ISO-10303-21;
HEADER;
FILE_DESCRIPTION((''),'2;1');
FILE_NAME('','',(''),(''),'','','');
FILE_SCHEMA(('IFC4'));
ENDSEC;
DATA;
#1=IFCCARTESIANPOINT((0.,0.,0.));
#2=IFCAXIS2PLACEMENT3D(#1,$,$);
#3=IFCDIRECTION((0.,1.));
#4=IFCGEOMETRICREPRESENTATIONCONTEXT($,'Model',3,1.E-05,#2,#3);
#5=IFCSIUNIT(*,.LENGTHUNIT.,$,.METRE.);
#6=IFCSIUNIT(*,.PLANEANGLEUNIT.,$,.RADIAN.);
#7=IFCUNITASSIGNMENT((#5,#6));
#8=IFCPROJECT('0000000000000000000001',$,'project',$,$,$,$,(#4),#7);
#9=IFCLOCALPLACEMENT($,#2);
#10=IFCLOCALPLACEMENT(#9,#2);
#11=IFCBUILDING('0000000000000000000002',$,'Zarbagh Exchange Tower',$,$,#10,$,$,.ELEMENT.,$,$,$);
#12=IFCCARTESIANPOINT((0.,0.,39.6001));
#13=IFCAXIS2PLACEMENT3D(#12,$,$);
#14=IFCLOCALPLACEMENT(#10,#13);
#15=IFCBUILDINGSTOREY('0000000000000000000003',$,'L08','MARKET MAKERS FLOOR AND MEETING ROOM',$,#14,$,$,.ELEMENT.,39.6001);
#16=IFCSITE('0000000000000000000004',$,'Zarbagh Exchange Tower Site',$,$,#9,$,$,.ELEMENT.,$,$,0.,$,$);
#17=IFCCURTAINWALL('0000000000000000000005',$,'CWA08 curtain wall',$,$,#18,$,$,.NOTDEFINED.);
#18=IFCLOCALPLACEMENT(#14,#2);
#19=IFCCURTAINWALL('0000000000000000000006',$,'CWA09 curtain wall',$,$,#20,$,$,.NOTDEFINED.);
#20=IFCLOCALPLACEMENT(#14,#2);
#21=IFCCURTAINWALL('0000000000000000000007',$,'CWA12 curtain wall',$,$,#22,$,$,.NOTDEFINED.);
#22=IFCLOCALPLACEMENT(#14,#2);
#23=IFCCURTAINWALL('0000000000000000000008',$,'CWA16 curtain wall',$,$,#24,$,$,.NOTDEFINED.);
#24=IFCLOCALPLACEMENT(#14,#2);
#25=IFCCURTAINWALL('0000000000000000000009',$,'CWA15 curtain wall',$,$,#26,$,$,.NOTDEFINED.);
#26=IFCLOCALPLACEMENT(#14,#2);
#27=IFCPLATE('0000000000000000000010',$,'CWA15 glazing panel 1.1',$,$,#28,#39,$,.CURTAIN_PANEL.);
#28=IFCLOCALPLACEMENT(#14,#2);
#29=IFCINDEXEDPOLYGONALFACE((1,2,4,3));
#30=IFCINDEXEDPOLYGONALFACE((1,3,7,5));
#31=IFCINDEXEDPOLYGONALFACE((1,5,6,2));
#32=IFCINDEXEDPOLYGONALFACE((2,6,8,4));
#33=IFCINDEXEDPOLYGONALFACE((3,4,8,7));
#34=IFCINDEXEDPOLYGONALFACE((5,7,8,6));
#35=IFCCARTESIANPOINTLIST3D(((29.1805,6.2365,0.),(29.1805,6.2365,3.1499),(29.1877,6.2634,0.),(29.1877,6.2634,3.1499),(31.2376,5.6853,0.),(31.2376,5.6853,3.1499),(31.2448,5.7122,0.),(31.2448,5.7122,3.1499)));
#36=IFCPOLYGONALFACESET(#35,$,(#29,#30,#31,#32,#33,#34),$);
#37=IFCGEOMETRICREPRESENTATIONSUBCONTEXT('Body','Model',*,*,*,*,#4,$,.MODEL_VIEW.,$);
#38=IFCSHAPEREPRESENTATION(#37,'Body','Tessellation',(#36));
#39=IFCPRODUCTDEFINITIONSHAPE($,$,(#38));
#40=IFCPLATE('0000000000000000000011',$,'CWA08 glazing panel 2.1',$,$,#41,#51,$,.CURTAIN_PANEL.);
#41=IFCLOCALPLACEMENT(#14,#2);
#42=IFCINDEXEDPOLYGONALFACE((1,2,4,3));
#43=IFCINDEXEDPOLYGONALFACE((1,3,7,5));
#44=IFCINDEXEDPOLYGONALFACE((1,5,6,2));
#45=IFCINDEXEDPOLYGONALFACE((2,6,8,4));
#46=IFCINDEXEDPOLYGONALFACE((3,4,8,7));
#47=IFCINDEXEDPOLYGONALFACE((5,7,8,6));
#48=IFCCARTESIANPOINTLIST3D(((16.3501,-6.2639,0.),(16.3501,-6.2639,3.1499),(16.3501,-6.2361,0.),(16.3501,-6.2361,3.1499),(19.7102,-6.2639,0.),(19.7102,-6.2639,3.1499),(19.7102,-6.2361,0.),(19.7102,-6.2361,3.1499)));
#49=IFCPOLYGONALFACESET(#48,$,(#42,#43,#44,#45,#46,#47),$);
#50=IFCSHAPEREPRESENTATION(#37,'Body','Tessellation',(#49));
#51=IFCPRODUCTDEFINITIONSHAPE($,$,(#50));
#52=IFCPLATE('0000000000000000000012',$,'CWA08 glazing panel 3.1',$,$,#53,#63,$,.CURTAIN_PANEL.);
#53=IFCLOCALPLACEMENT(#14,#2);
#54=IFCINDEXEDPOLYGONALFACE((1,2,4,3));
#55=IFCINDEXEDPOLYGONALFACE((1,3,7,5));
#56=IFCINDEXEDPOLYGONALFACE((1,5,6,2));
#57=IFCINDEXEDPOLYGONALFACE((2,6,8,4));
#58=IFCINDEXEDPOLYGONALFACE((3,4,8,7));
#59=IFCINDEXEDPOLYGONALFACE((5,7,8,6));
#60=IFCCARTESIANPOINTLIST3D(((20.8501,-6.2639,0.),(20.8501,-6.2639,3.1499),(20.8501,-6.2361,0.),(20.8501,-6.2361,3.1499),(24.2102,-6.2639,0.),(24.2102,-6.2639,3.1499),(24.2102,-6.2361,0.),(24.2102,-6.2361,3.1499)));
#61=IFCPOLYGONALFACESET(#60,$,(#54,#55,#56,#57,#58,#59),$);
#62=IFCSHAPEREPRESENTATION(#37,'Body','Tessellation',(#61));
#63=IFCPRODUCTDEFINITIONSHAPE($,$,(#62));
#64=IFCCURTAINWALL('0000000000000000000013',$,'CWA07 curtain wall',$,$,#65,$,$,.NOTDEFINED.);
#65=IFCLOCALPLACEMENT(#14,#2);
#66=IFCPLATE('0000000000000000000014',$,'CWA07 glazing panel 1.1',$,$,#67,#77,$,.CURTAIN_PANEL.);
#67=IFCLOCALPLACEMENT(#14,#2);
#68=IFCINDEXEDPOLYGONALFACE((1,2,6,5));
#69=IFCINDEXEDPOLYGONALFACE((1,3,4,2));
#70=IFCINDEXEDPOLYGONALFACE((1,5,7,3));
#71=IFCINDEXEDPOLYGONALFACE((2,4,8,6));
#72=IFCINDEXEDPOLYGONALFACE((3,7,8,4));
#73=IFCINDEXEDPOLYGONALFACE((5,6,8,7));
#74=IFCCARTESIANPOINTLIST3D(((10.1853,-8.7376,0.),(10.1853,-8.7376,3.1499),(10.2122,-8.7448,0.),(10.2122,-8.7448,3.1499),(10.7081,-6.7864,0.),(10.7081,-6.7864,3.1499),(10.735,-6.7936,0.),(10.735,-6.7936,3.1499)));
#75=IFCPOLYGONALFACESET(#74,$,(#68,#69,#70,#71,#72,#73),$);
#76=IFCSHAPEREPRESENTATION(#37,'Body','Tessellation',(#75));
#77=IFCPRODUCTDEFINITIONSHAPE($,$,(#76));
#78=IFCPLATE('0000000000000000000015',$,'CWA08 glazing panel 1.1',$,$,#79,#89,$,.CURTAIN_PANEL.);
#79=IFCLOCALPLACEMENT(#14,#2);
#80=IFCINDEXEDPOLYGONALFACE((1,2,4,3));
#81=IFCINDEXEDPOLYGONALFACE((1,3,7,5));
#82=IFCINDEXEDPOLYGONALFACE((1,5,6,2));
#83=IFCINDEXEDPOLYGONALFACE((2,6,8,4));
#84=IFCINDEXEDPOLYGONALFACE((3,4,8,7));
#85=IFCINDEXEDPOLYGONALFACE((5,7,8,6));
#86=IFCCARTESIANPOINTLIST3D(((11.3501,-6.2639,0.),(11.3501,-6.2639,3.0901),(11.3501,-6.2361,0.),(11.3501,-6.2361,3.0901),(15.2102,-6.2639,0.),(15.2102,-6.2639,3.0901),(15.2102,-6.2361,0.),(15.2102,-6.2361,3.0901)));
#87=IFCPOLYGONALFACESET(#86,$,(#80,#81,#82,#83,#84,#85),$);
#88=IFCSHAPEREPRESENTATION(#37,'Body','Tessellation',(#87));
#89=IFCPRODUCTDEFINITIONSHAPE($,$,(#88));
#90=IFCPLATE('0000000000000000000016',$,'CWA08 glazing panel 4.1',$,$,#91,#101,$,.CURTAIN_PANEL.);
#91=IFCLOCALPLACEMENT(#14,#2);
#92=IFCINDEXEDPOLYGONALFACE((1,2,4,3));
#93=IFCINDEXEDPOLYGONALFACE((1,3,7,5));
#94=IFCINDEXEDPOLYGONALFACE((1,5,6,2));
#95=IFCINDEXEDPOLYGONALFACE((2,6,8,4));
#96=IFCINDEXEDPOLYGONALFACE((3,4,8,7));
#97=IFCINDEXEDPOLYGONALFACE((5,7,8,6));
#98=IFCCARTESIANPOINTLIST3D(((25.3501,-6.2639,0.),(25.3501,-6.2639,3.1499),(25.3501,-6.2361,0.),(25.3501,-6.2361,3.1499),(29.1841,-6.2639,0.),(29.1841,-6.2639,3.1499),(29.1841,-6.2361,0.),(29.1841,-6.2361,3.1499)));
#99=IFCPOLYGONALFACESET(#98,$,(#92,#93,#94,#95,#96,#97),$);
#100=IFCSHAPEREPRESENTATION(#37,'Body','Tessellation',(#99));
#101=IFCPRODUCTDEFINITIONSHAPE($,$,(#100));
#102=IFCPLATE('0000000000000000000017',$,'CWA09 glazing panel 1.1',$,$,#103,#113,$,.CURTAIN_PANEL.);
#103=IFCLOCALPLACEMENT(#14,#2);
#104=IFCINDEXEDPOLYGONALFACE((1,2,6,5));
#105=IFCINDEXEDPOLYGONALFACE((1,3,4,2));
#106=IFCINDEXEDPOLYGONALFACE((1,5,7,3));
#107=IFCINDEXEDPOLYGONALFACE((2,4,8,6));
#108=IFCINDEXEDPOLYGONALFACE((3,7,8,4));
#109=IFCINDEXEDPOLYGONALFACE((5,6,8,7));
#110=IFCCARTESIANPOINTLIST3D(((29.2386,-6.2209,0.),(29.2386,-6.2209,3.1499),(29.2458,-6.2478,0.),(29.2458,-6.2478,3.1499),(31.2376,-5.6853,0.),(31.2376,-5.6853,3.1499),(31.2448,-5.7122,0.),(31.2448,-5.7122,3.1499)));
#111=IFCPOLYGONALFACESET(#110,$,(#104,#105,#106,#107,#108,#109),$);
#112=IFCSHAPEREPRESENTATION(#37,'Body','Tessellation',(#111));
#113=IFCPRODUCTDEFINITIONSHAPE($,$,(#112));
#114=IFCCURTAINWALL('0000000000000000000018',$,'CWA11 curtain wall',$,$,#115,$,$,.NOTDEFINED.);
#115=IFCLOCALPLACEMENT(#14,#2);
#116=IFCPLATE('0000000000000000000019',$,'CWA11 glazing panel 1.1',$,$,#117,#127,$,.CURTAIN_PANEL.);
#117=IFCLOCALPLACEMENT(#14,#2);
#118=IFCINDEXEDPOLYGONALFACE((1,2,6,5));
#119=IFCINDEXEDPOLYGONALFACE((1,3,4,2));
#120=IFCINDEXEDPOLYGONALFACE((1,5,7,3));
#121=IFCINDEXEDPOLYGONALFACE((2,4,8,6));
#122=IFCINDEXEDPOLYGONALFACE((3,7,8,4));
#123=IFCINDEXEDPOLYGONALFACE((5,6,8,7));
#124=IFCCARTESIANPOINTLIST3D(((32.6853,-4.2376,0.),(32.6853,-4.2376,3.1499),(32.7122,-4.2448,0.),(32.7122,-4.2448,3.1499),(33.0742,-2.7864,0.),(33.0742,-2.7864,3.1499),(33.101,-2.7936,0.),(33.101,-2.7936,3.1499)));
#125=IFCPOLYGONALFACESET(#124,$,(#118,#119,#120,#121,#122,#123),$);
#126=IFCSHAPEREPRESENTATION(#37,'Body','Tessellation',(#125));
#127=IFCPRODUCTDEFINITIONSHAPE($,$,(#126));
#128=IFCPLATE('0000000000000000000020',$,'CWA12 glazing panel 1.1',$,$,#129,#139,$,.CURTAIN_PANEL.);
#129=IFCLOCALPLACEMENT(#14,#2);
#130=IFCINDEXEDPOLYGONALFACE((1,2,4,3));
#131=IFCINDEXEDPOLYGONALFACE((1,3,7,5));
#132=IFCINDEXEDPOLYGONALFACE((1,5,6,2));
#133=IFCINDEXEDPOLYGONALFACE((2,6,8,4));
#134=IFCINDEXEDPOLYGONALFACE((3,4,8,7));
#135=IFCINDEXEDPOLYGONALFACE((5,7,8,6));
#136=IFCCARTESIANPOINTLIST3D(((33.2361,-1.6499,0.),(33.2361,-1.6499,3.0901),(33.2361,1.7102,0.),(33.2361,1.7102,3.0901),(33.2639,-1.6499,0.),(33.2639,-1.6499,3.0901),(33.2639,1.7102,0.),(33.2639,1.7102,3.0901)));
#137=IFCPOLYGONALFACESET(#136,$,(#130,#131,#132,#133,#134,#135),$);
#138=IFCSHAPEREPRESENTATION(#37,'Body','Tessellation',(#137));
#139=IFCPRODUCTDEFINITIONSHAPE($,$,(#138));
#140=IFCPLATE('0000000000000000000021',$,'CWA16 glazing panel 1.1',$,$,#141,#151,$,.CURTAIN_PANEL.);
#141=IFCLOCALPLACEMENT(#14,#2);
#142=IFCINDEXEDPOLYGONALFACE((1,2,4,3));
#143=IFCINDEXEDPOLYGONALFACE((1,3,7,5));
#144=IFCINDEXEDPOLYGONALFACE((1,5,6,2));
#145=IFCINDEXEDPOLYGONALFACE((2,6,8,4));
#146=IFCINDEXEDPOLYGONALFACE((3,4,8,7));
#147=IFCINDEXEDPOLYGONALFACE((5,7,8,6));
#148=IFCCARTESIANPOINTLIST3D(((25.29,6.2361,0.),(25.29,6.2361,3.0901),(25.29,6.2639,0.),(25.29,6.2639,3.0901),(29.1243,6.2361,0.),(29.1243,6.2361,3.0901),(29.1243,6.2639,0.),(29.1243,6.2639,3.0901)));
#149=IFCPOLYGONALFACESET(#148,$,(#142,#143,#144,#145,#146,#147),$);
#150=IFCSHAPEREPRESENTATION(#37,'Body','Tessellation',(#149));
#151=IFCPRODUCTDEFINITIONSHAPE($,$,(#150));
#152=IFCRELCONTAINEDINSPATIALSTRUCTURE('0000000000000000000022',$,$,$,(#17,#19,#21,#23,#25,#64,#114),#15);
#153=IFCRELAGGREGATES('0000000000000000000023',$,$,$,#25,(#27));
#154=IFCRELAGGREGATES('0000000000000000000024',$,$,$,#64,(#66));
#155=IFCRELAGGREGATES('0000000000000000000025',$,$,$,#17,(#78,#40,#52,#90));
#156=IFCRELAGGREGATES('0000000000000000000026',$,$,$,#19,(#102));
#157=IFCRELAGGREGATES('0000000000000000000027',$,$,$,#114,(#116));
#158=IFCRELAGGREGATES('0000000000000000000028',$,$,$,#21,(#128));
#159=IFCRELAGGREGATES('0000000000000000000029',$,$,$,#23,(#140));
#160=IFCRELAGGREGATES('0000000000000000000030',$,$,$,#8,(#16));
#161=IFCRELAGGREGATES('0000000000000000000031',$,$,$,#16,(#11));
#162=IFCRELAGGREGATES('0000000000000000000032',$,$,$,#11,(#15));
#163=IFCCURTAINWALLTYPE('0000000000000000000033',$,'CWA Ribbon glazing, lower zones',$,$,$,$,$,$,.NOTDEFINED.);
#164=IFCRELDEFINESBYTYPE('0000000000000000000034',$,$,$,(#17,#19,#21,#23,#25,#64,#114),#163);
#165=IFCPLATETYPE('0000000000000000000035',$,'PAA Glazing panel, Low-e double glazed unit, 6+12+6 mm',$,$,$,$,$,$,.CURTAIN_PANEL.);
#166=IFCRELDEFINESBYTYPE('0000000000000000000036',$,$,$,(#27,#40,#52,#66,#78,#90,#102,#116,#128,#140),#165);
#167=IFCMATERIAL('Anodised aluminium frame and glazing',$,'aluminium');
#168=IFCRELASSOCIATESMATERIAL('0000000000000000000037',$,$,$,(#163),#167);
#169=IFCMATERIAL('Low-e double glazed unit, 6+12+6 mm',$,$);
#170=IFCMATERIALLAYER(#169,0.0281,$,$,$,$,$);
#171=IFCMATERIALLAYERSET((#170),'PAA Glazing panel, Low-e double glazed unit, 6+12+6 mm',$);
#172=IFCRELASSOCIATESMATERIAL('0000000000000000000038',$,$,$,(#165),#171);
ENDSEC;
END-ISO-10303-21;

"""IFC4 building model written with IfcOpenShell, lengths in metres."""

from ifc_helpers import new_model, si_unit, direction, frame, origin, place, context, subcontext, project, spatial, polyline, outline, extrude, source, transform, mapped, material, layer, layer_set, type_object, element, aggregate, save


model = new_model("IFC4")

# Units and contexts
model_context = context("Model", 3, precision=1e-05, world=origin(), true_north=direction((0.0, 1.0)))
body_context = subcontext(model_context, "Body", "Model", "MODEL_VIEW")
ifc_project = project(units=[si_unit("LENGTHUNIT", "METRE"), si_unit("PLANEANGLEUNIT", "RADIAN")], contexts=[model_context])

# Site, building, storey
site_placement = place(None, origin())
site = spatial("IfcSite", under=ifc_project, at=site_placement, Name="Zarbagh Exchange Tower Site", CompositionType="ELEMENT", RefElevation=0.0)
building_placement = place(site_placement, origin())
building = spatial("IfcBuilding", under=site, at=building_placement, Name="Zarbagh Exchange Tower", CompositionType="ELEMENT")
storey_placement = place(building_placement, frame((0.0, 0.0, 39.6001)))
storey = spatial("IfcBuildingStorey", under=building, at=storey_placement, Name="L08", Description="MARKET MAKERS FLOOR AND MEETING ROOM", CompositionType="ELEMENT", Elevation=39.6001)

# Curtain wall
ifc_material_1 = material(Name="Anodised aluminium frame and glazing", Category="aluminium")
curtain_wall_type = type_object("IfcCurtainWallType", Name="CWA Ribbon glazing, lower zones", PredefinedType="NOTDEFINED", material=ifc_material_1)
curtain_wall_1_placement = place(storey_placement, origin())
curtain_wall_1 = element("IfcCurtainWall", 1, at=curtain_wall_1_placement, inside=storey, type_object=curtain_wall_type, Name="CWA08 curtain wall", PredefinedType="NOTDEFINED")
placement = place(storey_placement, origin())

# Curtain walls
curtain_wall_2_placement = place(storey_placement, origin())
curtain_wall_2 = element("IfcCurtainWall", 2, at=curtain_wall_2_placement, inside=storey, type_object=curtain_wall_type, Name="CWA09 curtain wall", PredefinedType="NOTDEFINED")
curtain_wall_3_placement = place(storey_placement, origin())
curtain_wall_3 = element("IfcCurtainWall", 3, at=curtain_wall_3_placement, inside=storey, type_object=curtain_wall_type, Name="CWA12 curtain wall", PredefinedType="NOTDEFINED")
curtain_wall_4_placement = place(storey_placement, origin())
curtain_wall_4 = element("IfcCurtainWall", 4, at=curtain_wall_4_placement, inside=storey, type_object=curtain_wall_type, Name="CWA16 curtain wall", PredefinedType="NOTDEFINED")

# Shared definitions
ifc_material_2 = material(Name="Low-e double glazed unit, 6+12+6 mm")
ifc_layer = layer(ifc_material_2, 0.0281)
ifc_layer_set = layer_set([ifc_layer], Name="PAA Glazing panel, Low-e double glazed unit, 6+12+6 mm")
plate_type = type_object("IfcPlateType", Name="PAA Glazing panel, Low-e double glazed unit, 6+12+6 mm", PredefinedType="CURTAIN_PANEL", material=ifc_layer_set)

# Curtain wall, plate
curtain_wall_5_placement = place(storey_placement, origin())
curtain_wall_5 = element("IfcCurtainWall", 5, at=curtain_wall_5_placement, inside=storey, type_object=curtain_wall_type, Name="CWA15 curtain wall", PredefinedType="NOTDEFINED")
shared_shape_1 = source(origin(), body_context, "Body", "SweptSolid", [
    extrude(outline(polyline([(0.0, -0.0139), (2.1296, -0.0139), (2.1296, 0.0139), (0.0, 0.0139), (0.0, -0.0139)])), origin(), (0.0, 0.0, 1.0), 3.1499),
])
plate_1 = element("IfcPlate", 6, at=placement, type_object=plate_type, Name="CWA15 glazing panel 1.1", PredefinedType="CURTAIN_PANEL", context=body_context, shape_type="MappedRepresentation", body=[
    mapped(shared_shape_1, transform((31.2412, 5.6987, 0.0), x_axis=(-0.965924, 0.258825, 0.0), y_axis=(-0.258825, -0.965924, 0.0), z_axis=(0.0, 0.0, 1.0))),
])
aggregate(curtain_wall_5, [plate_1])

# Plates
shared_shape_2 = source(origin(), body_context, "Body", "SweptSolid", [
    extrude(outline(polyline([(0.0, -0.0139), (3.3601, -0.0139), (3.3601, 0.0139), (0.0, 0.0139), (0.0, -0.0139)])), origin(), (0.0, 0.0, 1.0), 3.1499),
])
plate_2 = element("IfcPlate", 7, at=placement, type_object=plate_type, Name="CWA08 glazing panel 2.1", PredefinedType="CURTAIN_PANEL", context=body_context, shape_type="MappedRepresentation", body=[
    mapped(shared_shape_2, transform((16.3501, -6.25, 0.0), x_axis=(1.0, 0.0, 0.0), y_axis=(0.0, 1.0, 0.0), z_axis=(0.0, 0.0, 1.0))),
])
plate_3 = element("IfcPlate", 8, at=placement, type_object=plate_type, Name="CWA08 glazing panel 3.1", PredefinedType="CURTAIN_PANEL", context=body_context, shape_type="MappedRepresentation", body=[
    mapped(shared_shape_2, transform((20.8501, -6.25, 0.0), x_axis=(1.0, 0.0, 0.0), y_axis=(0.0, 1.0, 0.0), z_axis=(0.0, 0.0, 1.0))),
])

# Curtain wall, plate
curtain_wall_6_placement = place(storey_placement, origin())
curtain_wall_6 = element("IfcCurtainWall", 9, at=curtain_wall_6_placement, inside=storey, type_object=curtain_wall_type, Name="CWA07 curtain wall", PredefinedType="NOTDEFINED")
shared_shape_3 = source(origin(), body_context, "Body", "SweptSolid", [
    extrude(outline(polyline([(0.0, -0.0139), (2.02, -0.0139), (2.02, 0.0139), (0.0, 0.0139), (0.0, -0.0139)])), origin(), (0.0, 0.0, 1.0), 3.1499),
])
plate_4 = element("IfcPlate", 10, at=placement, type_object=plate_type, Name="CWA07 glazing panel 1.1", PredefinedType="CURTAIN_PANEL", context=body_context, shape_type="MappedRepresentation", body=[
    mapped(shared_shape_3, transform((10.1987, -8.7412, 0.0), x_axis=(0.258825, 0.965924, 0.0), y_axis=(-0.965924, 0.258825, 0.0), z_axis=(0.0, 0.0, 1.0))),
])
aggregate(curtain_wall_6, [plate_4])

# Plates
shared_shape_4 = source(origin(), body_context, "Body", "SweptSolid", [
    extrude(outline(polyline([(0.0, -0.0139), (3.8601, -0.0139), (3.8601, 0.0139), (0.0, 0.0139), (0.0, -0.0139)])), origin(), (0.0, 0.0, 1.0), 3.0901),
])
plate_5 = element("IfcPlate", 11, at=placement, type_object=plate_type, Name="CWA08 glazing panel 1.1", PredefinedType="CURTAIN_PANEL", context=body_context, shape_type="MappedRepresentation", body=[
    mapped(shared_shape_4, transform((11.3501, -6.25, 0.0), x_axis=(1.0, 0.0, 0.0), y_axis=(0.0, 1.0, 0.0), z_axis=(0.0, 0.0, 1.0))),
])
shared_shape_5 = source(origin(), body_context, "Body", "SweptSolid", [
    extrude(outline(polyline([(0.0, -0.0139), (3.834, -0.0139), (3.834, 0.0139), (0.0, 0.0139), (0.0, -0.0139)])), origin(), (0.0, 0.0, 1.0), 3.1499),
])
plate_6 = element("IfcPlate", 12, at=placement, type_object=plate_type, Name="CWA08 glazing panel 4.1", PredefinedType="CURTAIN_PANEL", context=body_context, shape_type="MappedRepresentation", body=[
    mapped(shared_shape_5, transform((25.3501, -6.25, 0.0), x_axis=(1.0, 0.0, 0.0), y_axis=(0.0, 1.0, 0.0), z_axis=(0.0, 0.0, 1.0))),
])
aggregate(curtain_wall_1, [plate_5, plate_2, plate_3, plate_6])
shared_shape_6 = source(origin(), body_context, "Body", "SweptSolid", [
    extrude(outline(polyline([(0.0, -0.0139), (2.0696, -0.0139), (2.0696, 0.0139), (0.0, 0.0139), (0.0, -0.0139)])), origin(), (0.0, 0.0, 1.0), 3.1499),
])
plate_7 = element("IfcPlate", 13, at=placement, type_object=plate_type, Name="CWA09 glazing panel 1.1", PredefinedType="CURTAIN_PANEL", context=body_context, shape_type="MappedRepresentation", body=[
    mapped(shared_shape_6, transform((29.2422, -6.2344, 0.0), x_axis=(0.965924, 0.258825, 0.0), y_axis=(-0.258825, 0.965924, 0.0), z_axis=(0.0, 0.0, 1.0))),
])
aggregate(curtain_wall_2, [plate_7])

# Curtain wall, plate
curtain_wall_7_placement = place(storey_placement, origin())
curtain_wall_7 = element("IfcCurtainWall", 14, at=curtain_wall_7_placement, inside=storey, type_object=curtain_wall_type, Name="CWA11 curtain wall", PredefinedType="NOTDEFINED")
shared_shape_7 = source(origin(), body_context, "Body", "SweptSolid", [
    extrude(outline(polyline([(0.0, -0.0139), (1.5024, -0.0139), (1.5024, 0.0139), (0.0, 0.0139), (0.0, -0.0139)])), origin(), (0.0, 0.0, 1.0), 3.1499),
])
plate_8 = element("IfcPlate", 15, at=placement, type_object=plate_type, Name="CWA11 glazing panel 1.1", PredefinedType="CURTAIN_PANEL", context=body_context, shape_type="MappedRepresentation", body=[
    mapped(shared_shape_7, transform((32.6987, -4.2412, 0.0), x_axis=(0.258825, 0.965924, 0.0), y_axis=(-0.965924, 0.258825, 0.0), z_axis=(0.0, 0.0, 1.0))),
])
aggregate(curtain_wall_7, [plate_8])

# Plates
shared_shape_8 = source(origin(), body_context, "Body", "SweptSolid", [
    extrude(outline(polyline([(0.0, -0.0139), (3.3601, -0.0139), (3.3601, 0.0139), (0.0, 0.0139), (0.0, -0.0139)])), origin(), (0.0, 0.0, 1.0), 3.0901),
])
plate_9 = element("IfcPlate", 16, at=placement, type_object=plate_type, Name="CWA12 glazing panel 1.1", PredefinedType="CURTAIN_PANEL", context=body_context, shape_type="MappedRepresentation", body=[
    mapped(shared_shape_8, transform((33.25, -1.6499, 0.0), x_axis=(0.0, 1.0, 0.0), y_axis=(-1.0, 0.0, 0.0), z_axis=(0.0, 0.0, 1.0))),
])
aggregate(curtain_wall_3, [plate_9])
shared_shape_9 = source(origin(), body_context, "Body", "SweptSolid", [
    extrude(outline(polyline([(0.0, -0.0139), (3.8342, -0.0139), (3.8342, 0.0139), (0.0, 0.0139), (0.0, -0.0139)])), origin(), (0.0, 0.0, 1.0), 3.0901),
])
plate_10 = element("IfcPlate", 17, at=placement, type_object=plate_type, Name="CWA16 glazing panel 1.1", PredefinedType="CURTAIN_PANEL", context=body_context, shape_type="MappedRepresentation", body=[
    mapped(shared_shape_9, transform((29.1243, 6.25, 0.0), x_axis=(-1.0, 0.0, 0.0), y_axis=(0.0, -1.0, 0.0), z_axis=(0.0, 0.0, 1.0))),
])
aggregate(curtain_wall_4, [plate_10])

save(model, "model.ifc")
